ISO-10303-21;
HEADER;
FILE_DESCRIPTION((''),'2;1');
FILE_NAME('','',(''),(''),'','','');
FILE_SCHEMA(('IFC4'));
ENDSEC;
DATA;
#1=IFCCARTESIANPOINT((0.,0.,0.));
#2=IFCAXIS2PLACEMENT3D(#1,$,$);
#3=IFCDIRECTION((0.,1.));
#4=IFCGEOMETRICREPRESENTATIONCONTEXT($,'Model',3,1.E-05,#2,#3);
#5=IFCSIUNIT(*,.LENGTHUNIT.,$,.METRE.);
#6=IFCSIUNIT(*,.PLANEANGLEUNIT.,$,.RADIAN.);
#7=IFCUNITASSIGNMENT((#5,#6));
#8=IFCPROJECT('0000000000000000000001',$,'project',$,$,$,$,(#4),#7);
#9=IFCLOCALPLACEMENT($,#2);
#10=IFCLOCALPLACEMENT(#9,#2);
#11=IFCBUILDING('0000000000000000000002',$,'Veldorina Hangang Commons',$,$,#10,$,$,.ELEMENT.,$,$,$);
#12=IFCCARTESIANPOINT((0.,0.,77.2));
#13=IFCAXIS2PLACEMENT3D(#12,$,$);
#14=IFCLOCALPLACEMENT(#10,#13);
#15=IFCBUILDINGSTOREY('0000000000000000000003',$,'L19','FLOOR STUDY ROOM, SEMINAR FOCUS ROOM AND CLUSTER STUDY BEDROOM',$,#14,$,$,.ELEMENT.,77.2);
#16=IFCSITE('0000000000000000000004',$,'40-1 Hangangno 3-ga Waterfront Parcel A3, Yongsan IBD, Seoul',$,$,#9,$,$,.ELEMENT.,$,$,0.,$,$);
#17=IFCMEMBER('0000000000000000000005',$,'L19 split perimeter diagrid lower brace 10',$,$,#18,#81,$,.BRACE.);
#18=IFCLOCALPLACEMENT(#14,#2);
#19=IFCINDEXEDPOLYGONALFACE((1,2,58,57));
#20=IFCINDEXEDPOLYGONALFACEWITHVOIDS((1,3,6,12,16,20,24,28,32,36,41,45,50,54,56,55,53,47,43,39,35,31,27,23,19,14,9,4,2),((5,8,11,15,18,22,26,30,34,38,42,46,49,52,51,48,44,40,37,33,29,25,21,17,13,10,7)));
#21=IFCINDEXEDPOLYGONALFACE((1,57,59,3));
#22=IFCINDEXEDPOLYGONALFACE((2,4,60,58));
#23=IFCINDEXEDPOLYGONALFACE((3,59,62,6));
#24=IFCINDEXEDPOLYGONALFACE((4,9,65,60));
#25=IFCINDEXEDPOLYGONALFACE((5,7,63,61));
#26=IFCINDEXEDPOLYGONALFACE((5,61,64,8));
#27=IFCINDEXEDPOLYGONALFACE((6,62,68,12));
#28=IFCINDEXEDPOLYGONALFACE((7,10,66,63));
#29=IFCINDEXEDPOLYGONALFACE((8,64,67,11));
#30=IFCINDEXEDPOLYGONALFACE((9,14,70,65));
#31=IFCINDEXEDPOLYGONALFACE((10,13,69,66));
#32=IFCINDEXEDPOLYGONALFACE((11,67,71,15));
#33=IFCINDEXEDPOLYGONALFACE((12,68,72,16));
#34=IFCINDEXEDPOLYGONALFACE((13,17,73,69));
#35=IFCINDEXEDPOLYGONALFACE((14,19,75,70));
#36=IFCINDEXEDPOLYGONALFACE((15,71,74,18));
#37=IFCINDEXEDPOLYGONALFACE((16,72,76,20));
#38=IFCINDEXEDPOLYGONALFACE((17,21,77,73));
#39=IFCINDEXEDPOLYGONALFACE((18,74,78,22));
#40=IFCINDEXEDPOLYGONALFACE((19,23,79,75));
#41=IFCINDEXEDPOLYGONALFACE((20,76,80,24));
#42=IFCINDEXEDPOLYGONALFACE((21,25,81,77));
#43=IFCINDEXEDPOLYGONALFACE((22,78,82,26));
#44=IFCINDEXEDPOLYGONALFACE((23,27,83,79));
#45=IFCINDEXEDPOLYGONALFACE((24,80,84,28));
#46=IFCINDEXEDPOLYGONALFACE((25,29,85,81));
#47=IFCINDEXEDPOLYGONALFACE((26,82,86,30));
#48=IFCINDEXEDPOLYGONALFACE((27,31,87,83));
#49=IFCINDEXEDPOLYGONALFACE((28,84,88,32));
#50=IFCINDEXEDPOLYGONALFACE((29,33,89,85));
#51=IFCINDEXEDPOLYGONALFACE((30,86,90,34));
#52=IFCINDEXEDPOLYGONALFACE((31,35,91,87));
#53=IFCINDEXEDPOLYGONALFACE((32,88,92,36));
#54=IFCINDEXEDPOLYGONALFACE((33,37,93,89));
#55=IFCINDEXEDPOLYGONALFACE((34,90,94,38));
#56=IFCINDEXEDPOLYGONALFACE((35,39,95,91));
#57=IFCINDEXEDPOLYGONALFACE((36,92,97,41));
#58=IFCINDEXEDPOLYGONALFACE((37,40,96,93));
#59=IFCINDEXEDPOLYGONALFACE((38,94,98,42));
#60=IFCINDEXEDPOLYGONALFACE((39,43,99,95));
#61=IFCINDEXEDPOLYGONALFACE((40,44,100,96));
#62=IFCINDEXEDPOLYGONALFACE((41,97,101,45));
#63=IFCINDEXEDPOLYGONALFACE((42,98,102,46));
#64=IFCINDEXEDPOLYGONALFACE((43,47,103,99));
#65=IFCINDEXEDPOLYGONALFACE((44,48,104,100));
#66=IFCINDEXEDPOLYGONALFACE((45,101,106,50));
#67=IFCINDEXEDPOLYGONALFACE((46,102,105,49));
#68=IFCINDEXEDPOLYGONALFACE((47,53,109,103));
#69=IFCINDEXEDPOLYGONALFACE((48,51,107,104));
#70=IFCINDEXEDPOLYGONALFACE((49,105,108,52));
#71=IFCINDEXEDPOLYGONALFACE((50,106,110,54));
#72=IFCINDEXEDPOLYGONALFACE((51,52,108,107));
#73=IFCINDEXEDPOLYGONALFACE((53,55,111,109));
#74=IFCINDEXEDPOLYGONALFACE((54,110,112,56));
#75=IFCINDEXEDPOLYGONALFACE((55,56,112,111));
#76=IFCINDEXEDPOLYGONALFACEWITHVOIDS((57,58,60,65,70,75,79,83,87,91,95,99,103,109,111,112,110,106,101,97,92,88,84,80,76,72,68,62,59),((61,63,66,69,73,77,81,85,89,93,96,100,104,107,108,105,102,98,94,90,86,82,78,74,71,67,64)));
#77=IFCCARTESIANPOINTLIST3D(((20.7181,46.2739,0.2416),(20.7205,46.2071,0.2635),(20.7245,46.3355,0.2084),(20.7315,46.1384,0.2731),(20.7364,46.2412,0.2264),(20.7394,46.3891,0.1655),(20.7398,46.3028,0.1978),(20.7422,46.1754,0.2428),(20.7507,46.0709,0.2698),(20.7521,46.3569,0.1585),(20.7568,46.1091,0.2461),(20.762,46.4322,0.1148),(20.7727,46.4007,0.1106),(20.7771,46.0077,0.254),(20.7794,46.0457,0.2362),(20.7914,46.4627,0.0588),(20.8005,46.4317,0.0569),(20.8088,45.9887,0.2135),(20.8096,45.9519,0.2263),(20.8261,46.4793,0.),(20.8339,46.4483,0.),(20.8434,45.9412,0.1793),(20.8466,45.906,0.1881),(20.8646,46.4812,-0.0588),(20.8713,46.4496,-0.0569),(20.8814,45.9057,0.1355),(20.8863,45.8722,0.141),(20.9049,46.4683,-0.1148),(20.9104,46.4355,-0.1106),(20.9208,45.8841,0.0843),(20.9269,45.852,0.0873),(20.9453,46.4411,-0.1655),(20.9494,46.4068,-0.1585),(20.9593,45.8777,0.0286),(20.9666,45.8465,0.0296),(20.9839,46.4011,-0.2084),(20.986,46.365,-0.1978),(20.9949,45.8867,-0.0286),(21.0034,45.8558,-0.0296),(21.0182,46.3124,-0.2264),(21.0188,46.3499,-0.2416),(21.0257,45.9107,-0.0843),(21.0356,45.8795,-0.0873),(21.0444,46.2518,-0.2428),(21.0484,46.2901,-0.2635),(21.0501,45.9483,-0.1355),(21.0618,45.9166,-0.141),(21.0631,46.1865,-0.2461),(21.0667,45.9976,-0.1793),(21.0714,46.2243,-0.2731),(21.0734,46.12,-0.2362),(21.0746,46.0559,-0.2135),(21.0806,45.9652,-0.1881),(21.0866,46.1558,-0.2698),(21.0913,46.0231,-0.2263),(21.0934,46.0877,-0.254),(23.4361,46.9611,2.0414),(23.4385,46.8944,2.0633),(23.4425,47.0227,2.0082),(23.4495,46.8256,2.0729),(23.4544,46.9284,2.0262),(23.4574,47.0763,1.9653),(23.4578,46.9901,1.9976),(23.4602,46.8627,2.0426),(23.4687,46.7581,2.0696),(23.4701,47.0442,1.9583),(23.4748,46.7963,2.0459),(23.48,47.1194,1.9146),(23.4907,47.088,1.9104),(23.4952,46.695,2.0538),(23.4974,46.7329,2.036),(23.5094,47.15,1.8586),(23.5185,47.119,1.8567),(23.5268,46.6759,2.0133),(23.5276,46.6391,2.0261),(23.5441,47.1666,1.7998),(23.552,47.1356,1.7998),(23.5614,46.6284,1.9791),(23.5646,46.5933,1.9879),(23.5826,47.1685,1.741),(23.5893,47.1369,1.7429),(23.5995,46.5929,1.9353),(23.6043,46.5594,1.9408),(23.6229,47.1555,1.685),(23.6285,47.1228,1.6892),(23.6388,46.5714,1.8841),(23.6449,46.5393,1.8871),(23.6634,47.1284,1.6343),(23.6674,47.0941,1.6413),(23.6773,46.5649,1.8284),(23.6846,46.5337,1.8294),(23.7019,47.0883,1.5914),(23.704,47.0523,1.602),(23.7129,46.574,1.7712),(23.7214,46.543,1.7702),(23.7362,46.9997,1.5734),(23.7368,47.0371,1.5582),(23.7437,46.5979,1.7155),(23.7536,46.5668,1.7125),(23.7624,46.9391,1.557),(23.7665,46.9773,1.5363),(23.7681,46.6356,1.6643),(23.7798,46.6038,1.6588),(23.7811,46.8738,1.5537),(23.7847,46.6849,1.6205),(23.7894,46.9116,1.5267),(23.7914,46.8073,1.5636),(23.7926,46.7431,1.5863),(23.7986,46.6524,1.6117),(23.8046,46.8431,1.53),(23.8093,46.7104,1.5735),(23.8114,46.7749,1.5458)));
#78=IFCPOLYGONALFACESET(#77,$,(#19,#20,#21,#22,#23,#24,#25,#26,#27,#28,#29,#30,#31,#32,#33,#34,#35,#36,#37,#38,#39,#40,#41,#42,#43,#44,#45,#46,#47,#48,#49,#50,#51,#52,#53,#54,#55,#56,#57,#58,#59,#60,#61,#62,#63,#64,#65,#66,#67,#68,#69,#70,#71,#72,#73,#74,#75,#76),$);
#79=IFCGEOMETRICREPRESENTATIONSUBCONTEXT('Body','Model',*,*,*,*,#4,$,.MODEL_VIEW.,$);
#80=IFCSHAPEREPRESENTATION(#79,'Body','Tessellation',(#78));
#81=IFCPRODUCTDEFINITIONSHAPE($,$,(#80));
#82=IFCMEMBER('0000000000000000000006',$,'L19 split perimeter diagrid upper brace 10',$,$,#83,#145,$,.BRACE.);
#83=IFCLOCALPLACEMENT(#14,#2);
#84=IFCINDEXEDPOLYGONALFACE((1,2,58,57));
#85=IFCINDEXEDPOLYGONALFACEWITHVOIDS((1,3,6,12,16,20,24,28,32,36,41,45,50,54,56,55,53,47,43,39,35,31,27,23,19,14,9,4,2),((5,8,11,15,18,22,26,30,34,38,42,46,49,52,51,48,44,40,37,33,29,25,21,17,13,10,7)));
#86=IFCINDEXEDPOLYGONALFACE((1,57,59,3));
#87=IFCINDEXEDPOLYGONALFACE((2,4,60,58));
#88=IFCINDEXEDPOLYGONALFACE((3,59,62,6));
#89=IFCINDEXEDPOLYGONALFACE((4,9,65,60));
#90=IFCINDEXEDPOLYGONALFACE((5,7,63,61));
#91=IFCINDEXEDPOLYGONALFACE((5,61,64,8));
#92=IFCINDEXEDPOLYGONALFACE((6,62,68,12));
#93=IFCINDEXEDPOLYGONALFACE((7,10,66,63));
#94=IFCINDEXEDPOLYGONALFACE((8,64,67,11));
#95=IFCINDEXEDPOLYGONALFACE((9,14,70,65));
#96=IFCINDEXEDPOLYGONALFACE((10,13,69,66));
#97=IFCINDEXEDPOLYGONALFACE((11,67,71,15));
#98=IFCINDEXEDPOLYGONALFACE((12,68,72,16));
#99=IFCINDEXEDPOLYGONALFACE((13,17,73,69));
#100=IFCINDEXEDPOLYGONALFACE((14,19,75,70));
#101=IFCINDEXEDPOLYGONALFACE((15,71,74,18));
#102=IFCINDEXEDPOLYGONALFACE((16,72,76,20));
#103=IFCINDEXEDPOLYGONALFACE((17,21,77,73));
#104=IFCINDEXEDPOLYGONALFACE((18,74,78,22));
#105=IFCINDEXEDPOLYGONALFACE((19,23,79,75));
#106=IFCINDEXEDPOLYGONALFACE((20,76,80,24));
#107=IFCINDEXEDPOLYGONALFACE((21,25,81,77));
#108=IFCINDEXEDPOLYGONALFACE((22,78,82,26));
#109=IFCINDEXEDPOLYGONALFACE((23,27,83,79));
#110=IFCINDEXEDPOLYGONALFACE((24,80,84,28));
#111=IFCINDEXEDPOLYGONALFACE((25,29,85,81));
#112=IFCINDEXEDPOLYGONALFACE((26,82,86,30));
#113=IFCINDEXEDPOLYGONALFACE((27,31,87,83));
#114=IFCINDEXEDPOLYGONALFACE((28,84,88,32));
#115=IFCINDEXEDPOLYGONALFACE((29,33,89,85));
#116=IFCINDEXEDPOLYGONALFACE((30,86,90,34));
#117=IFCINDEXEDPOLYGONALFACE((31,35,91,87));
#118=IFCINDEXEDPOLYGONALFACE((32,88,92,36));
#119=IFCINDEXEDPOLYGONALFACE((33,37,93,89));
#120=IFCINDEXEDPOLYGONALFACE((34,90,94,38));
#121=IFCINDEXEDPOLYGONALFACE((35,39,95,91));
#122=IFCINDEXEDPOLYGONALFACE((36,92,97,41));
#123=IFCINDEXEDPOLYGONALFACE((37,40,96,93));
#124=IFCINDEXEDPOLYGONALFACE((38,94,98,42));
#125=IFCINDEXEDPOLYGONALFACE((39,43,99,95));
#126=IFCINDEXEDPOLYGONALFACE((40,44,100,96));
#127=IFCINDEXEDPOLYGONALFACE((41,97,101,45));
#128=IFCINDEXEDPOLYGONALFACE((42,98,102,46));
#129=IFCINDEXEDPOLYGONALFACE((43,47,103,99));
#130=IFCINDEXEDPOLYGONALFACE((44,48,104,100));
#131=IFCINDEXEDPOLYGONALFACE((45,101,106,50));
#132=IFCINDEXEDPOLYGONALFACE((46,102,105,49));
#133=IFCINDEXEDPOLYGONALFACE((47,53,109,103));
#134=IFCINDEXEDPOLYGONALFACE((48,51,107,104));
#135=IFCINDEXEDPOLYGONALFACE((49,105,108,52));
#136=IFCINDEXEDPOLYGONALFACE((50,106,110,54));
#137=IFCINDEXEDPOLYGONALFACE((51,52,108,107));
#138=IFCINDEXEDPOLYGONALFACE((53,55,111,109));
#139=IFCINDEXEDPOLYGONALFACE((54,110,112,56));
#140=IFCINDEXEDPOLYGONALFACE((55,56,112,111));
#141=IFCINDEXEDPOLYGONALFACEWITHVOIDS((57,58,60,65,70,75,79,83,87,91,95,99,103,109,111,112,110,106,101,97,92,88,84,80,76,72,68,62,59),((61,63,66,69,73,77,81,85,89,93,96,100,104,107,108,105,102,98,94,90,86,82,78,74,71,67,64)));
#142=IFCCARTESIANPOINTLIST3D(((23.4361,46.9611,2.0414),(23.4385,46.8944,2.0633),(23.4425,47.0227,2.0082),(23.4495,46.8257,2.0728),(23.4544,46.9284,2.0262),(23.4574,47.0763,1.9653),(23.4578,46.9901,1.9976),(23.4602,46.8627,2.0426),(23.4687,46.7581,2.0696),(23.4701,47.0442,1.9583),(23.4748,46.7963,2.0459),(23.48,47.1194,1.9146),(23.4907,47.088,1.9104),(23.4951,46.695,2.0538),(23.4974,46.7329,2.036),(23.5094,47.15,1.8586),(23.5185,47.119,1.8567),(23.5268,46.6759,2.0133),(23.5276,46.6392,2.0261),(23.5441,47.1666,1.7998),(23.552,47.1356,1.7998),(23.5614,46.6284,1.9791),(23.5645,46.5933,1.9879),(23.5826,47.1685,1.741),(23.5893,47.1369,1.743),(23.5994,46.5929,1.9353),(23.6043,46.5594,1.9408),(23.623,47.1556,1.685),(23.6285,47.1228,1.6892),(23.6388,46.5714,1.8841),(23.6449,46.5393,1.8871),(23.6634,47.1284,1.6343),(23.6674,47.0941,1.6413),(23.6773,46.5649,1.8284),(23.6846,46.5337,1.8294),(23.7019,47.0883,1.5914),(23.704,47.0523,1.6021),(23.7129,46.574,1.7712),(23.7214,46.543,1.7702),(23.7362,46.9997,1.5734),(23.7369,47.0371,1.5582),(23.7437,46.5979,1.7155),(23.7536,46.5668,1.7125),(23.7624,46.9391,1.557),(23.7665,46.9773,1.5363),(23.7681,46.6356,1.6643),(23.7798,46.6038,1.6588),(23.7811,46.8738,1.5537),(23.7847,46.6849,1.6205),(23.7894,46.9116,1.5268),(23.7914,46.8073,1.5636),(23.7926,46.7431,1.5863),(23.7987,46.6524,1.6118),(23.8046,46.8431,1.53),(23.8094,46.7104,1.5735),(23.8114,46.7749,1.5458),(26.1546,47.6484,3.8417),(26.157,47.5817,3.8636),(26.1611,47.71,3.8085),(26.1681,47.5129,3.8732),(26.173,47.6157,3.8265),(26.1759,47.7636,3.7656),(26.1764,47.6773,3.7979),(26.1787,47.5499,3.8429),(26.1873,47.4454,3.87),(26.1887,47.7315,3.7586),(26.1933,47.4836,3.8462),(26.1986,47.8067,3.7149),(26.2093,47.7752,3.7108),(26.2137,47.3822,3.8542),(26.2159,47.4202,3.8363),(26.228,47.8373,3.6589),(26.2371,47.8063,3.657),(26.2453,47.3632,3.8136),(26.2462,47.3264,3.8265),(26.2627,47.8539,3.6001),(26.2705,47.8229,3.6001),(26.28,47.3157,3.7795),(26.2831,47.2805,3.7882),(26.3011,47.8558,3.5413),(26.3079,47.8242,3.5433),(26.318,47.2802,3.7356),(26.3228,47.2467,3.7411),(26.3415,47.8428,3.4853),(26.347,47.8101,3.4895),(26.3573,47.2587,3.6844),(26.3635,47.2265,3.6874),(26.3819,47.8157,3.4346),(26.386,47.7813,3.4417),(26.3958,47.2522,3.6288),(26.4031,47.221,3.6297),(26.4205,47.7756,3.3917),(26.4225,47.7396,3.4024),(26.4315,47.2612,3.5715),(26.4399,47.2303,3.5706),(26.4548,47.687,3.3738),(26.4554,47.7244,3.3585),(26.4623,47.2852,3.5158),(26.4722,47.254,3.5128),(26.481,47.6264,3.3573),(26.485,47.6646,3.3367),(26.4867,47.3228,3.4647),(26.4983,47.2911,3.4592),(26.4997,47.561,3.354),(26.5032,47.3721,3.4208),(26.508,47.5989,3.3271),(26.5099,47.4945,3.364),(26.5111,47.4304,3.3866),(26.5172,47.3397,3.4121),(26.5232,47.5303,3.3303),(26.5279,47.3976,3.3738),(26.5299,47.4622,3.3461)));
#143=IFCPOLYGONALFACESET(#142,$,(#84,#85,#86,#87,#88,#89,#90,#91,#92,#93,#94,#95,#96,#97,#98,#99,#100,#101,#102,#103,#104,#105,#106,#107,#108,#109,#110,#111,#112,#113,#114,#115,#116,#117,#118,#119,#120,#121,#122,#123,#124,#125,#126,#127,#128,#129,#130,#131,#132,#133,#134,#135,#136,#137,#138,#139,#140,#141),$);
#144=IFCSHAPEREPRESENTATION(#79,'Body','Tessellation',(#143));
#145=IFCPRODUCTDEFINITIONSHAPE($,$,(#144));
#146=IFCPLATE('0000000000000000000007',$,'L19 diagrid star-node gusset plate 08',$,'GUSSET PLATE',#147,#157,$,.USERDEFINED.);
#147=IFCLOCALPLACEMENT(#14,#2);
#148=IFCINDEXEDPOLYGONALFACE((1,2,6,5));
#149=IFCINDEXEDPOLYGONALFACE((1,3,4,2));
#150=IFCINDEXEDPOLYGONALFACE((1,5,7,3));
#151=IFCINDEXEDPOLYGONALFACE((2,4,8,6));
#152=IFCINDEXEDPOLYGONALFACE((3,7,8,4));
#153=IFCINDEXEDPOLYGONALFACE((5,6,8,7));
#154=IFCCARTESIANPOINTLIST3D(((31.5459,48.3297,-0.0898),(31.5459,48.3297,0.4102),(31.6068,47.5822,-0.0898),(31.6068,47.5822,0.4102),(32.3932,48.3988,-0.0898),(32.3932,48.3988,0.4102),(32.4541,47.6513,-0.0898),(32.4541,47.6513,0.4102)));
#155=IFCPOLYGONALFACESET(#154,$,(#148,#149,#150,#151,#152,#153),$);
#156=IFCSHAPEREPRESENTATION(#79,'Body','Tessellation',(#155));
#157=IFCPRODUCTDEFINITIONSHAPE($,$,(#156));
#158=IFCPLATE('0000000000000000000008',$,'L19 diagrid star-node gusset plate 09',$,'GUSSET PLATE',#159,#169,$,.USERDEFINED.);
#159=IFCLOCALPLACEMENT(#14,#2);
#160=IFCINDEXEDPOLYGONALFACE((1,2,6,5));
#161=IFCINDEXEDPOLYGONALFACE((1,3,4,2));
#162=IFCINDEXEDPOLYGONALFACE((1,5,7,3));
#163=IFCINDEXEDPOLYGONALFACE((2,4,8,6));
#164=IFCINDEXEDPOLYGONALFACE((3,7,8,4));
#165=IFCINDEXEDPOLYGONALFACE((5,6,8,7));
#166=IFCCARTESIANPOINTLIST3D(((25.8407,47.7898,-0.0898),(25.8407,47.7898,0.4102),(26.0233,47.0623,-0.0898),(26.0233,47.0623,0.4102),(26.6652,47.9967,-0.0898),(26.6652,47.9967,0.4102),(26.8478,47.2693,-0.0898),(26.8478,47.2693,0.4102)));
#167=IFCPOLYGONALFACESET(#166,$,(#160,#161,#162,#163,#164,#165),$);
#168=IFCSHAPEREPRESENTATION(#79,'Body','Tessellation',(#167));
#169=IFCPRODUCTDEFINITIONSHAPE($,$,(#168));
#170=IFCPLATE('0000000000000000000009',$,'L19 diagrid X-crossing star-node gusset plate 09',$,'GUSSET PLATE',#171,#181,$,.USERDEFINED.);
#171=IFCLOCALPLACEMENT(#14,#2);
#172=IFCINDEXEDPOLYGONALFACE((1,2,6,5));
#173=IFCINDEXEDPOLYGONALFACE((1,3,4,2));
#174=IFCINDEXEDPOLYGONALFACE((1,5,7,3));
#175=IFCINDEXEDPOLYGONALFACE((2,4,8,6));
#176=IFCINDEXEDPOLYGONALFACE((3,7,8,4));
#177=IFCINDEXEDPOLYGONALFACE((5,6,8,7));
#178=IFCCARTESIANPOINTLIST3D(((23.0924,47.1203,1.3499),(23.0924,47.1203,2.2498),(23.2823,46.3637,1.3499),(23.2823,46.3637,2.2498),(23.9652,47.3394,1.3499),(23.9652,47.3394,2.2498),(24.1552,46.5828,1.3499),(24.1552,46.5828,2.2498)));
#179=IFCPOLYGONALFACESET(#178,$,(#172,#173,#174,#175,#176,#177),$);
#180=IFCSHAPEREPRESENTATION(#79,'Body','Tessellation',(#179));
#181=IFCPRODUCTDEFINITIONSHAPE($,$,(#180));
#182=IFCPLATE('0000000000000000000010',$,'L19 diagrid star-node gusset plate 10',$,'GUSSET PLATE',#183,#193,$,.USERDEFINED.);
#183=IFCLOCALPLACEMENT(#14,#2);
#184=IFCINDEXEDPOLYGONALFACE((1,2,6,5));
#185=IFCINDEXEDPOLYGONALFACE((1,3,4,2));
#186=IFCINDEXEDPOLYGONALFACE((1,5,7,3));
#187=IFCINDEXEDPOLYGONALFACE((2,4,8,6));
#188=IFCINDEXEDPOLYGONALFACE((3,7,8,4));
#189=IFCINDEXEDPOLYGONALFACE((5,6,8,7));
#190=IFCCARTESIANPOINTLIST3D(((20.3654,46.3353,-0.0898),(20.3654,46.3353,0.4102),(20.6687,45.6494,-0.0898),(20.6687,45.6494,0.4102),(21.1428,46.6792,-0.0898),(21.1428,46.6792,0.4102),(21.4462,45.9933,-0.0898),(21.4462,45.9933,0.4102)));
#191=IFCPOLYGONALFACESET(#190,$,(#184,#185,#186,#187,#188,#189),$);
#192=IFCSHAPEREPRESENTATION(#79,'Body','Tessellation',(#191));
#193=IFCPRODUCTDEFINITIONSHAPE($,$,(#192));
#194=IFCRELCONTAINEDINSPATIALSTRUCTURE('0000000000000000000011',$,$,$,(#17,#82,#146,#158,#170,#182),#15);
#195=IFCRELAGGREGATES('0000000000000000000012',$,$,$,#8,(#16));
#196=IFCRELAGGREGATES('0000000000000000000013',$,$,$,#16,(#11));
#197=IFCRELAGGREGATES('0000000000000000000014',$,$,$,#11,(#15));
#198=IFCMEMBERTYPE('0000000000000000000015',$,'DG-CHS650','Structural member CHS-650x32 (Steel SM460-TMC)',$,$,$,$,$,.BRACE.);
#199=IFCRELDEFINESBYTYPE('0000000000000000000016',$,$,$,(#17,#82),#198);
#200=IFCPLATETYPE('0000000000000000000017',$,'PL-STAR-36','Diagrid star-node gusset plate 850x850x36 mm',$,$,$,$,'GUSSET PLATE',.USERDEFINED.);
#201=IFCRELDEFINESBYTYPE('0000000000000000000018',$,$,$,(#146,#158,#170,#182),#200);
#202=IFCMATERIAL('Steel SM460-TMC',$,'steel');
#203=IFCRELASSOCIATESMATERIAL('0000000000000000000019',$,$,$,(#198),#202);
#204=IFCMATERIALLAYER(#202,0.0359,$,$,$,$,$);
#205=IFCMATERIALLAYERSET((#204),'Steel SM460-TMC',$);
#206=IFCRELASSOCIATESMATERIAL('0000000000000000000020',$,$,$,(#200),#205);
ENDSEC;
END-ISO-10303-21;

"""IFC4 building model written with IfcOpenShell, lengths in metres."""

from ifc_helpers import new_model, si_unit, direction, frame, origin, origin_2d, place, context, subcontext, project, spatial, rectangle, hollow_circle, extrude, material, layer, layer_set, material_profile, profile_set, type_object, element, save


model = new_model("IFC4")

# Units and contexts
model_context = context("Model", 3, precision=1e-05, world=origin(), true_north=direction((0.0, 1.0)))
body_context = subcontext(model_context, "Body", "Model", "MODEL_VIEW")
ifc_project = project(units=[si_unit("LENGTHUNIT", "METRE"), si_unit("PLANEANGLEUNIT", "RADIAN")], contexts=[model_context])

# Site, building, storey
site_placement = place(None, origin())
site = spatial("IfcSite", under=ifc_project, at=site_placement, Name="40-1 Hangangno 3-ga Waterfront Parcel A3, Yongsan IBD, Seoul", CompositionType="ELEMENT", RefElevation=0.0)
building_placement = place(site_placement, origin())
building = spatial("IfcBuilding", under=site, at=building_placement, Name="Veldorina Hangang Commons", CompositionType="ELEMENT")
storey_placement = place(building_placement, frame((0.0, 0.0, 77.2)))
storey = spatial("IfcBuildingStorey", under=building, at=storey_placement, Name="L19", Description="FLOOR STUDY ROOM, SEMINAR FOCUS ROOM AND CLUSTER STUDY BEDROOM", CompositionType="ELEMENT", Elevation=77.2)

# Members
ifc_material_1 = material(Name="Steel SM460-TMC", Category="steel")
ifc_material_profile_1 = material_profile(ifc_material_1, hollow_circle(Radius=0.325, WallThickness=0.032, at=origin_2d()), Name="CHS-650x32")
ifc_profile_set_1 = profile_set([ifc_material_profile_1], Name="Steel SM460-TMC")
member_type = type_object("IfcMemberType", Name="DG-CHS650", Description="Structural member CHS-650x32 (Steel SM460-TMC)", PredefinedType="BRACE", material=ifc_profile_set_1)
member_1_placement = place(storey_placement, frame((20.9058, 46.1643, 0.0), z_axis=(0.815841, 0.206287, 0.54023), x_axis=(-0.245137, 0.969488, 0.0)))
element("IfcMember", 1, at=member_1_placement, inside=storey, type_object=member_type, Name="L19 split perimeter diagrid lower brace 10", PredefinedType="BRACE", context=body_context, shape_type="SweptSolid", body=[
    extrude(hollow_circle(Radius=0.325, WallThickness=0.032, at=origin_2d()), origin(), (0.0, 0.0, 1.0), 3.3315),
])
member_2_placement = place(storey_placement, frame((23.6238, 46.8516, 1.7998), z_axis=(0.815826, 0.206246, 0.540269), x_axis=(-0.245096, 0.969499, 0.0)))
element("IfcMember", 2, at=member_2_placement, inside=storey, type_object=member_type, Name="L19 split perimeter diagrid upper brace 10", PredefinedType="BRACE", context=body_context, shape_type="SweptSolid", body=[
    extrude(hollow_circle(Radius=0.325, WallThickness=0.032, at=origin_2d()), origin(), (0.0, 0.0, 1.0), 3.3323),
])

# Plates
ifc_layer_1 = layer(ifc_material_1, 0.0359)
ifc_layer_set_1 = layer_set([ifc_layer_1], Name="Steel SM460-TMC")
plate_type = type_object("IfcPlateType", Name="PL-STAR-36", Description="Diagrid star-node gusset plate 850x850x36 mm", ElementType="GUSSET PLATE", PredefinedType="USERDEFINED", material=ifc_layer_set_1)
for number, where, z_axis, x_axis, name in (
    (3, (32.0, 47.9905, -0.0898), (0.0, 0.0, 1.0), (-0.996694, -0.081243, 0.0), "L19 diagrid star-node gusset plate 08"),
    (4, (26.3442, 47.5295, -0.0898), (0.0, 0.0, 1.0), (-0.969906, -0.24348, 0.0), "L19 diagrid star-node gusset plate 09"),
):
    element("IfcPlate", number, at=place(storey_placement, frame(where, z_axis=z_axis, x_axis=x_axis)), inside=storey, type_object=plate_type, Name=name, ObjectType="GUSSET PLATE", PredefinedType="USERDEFINED", context=body_context, shape_type="SweptSolid", body=[
        extrude(rectangle(XDim=0.8501, YDim=0.75, at=origin_2d()), origin(), (0.0, 0.0, 1.0), 0.5),
    ])
plate_1_placement = place(storey_placement, frame((23.6238, 46.8516, 1.3499), z_axis=(0.0, 0.0, 1.0), x_axis=(-0.969906, -0.24348, 0.0)))
element("IfcPlate", 5, at=plate_1_placement, inside=storey, type_object=plate_type, Name="L19 diagrid X-crossing star-node gusset plate 09", ObjectType="GUSSET PLATE", PredefinedType="USERDEFINED", context=body_context, shape_type="SweptSolid", body=[
    extrude(rectangle(XDim=0.8999, YDim=0.78, at=origin_2d()), origin(), (0.0, 0.0, 1.0), 0.8999),
])
plate_2_placement = place(storey_placement, frame((20.9058, 46.1643, -0.0898), z_axis=(0.0, 0.0, 1.0), x_axis=(-0.914537, -0.404503, 0.0)))
element("IfcPlate", 6, at=plate_2_placement, inside=storey, type_object=plate_type, Name="L19 diagrid star-node gusset plate 10", ObjectType="GUSSET PLATE", PredefinedType="USERDEFINED", context=body_context, shape_type="SweptSolid", body=[
    extrude(rectangle(XDim=0.8501, YDim=0.75, at=origin_2d()), origin(), (0.0, 0.0, 1.0), 0.5),
])

save(model, "model.ifc")
